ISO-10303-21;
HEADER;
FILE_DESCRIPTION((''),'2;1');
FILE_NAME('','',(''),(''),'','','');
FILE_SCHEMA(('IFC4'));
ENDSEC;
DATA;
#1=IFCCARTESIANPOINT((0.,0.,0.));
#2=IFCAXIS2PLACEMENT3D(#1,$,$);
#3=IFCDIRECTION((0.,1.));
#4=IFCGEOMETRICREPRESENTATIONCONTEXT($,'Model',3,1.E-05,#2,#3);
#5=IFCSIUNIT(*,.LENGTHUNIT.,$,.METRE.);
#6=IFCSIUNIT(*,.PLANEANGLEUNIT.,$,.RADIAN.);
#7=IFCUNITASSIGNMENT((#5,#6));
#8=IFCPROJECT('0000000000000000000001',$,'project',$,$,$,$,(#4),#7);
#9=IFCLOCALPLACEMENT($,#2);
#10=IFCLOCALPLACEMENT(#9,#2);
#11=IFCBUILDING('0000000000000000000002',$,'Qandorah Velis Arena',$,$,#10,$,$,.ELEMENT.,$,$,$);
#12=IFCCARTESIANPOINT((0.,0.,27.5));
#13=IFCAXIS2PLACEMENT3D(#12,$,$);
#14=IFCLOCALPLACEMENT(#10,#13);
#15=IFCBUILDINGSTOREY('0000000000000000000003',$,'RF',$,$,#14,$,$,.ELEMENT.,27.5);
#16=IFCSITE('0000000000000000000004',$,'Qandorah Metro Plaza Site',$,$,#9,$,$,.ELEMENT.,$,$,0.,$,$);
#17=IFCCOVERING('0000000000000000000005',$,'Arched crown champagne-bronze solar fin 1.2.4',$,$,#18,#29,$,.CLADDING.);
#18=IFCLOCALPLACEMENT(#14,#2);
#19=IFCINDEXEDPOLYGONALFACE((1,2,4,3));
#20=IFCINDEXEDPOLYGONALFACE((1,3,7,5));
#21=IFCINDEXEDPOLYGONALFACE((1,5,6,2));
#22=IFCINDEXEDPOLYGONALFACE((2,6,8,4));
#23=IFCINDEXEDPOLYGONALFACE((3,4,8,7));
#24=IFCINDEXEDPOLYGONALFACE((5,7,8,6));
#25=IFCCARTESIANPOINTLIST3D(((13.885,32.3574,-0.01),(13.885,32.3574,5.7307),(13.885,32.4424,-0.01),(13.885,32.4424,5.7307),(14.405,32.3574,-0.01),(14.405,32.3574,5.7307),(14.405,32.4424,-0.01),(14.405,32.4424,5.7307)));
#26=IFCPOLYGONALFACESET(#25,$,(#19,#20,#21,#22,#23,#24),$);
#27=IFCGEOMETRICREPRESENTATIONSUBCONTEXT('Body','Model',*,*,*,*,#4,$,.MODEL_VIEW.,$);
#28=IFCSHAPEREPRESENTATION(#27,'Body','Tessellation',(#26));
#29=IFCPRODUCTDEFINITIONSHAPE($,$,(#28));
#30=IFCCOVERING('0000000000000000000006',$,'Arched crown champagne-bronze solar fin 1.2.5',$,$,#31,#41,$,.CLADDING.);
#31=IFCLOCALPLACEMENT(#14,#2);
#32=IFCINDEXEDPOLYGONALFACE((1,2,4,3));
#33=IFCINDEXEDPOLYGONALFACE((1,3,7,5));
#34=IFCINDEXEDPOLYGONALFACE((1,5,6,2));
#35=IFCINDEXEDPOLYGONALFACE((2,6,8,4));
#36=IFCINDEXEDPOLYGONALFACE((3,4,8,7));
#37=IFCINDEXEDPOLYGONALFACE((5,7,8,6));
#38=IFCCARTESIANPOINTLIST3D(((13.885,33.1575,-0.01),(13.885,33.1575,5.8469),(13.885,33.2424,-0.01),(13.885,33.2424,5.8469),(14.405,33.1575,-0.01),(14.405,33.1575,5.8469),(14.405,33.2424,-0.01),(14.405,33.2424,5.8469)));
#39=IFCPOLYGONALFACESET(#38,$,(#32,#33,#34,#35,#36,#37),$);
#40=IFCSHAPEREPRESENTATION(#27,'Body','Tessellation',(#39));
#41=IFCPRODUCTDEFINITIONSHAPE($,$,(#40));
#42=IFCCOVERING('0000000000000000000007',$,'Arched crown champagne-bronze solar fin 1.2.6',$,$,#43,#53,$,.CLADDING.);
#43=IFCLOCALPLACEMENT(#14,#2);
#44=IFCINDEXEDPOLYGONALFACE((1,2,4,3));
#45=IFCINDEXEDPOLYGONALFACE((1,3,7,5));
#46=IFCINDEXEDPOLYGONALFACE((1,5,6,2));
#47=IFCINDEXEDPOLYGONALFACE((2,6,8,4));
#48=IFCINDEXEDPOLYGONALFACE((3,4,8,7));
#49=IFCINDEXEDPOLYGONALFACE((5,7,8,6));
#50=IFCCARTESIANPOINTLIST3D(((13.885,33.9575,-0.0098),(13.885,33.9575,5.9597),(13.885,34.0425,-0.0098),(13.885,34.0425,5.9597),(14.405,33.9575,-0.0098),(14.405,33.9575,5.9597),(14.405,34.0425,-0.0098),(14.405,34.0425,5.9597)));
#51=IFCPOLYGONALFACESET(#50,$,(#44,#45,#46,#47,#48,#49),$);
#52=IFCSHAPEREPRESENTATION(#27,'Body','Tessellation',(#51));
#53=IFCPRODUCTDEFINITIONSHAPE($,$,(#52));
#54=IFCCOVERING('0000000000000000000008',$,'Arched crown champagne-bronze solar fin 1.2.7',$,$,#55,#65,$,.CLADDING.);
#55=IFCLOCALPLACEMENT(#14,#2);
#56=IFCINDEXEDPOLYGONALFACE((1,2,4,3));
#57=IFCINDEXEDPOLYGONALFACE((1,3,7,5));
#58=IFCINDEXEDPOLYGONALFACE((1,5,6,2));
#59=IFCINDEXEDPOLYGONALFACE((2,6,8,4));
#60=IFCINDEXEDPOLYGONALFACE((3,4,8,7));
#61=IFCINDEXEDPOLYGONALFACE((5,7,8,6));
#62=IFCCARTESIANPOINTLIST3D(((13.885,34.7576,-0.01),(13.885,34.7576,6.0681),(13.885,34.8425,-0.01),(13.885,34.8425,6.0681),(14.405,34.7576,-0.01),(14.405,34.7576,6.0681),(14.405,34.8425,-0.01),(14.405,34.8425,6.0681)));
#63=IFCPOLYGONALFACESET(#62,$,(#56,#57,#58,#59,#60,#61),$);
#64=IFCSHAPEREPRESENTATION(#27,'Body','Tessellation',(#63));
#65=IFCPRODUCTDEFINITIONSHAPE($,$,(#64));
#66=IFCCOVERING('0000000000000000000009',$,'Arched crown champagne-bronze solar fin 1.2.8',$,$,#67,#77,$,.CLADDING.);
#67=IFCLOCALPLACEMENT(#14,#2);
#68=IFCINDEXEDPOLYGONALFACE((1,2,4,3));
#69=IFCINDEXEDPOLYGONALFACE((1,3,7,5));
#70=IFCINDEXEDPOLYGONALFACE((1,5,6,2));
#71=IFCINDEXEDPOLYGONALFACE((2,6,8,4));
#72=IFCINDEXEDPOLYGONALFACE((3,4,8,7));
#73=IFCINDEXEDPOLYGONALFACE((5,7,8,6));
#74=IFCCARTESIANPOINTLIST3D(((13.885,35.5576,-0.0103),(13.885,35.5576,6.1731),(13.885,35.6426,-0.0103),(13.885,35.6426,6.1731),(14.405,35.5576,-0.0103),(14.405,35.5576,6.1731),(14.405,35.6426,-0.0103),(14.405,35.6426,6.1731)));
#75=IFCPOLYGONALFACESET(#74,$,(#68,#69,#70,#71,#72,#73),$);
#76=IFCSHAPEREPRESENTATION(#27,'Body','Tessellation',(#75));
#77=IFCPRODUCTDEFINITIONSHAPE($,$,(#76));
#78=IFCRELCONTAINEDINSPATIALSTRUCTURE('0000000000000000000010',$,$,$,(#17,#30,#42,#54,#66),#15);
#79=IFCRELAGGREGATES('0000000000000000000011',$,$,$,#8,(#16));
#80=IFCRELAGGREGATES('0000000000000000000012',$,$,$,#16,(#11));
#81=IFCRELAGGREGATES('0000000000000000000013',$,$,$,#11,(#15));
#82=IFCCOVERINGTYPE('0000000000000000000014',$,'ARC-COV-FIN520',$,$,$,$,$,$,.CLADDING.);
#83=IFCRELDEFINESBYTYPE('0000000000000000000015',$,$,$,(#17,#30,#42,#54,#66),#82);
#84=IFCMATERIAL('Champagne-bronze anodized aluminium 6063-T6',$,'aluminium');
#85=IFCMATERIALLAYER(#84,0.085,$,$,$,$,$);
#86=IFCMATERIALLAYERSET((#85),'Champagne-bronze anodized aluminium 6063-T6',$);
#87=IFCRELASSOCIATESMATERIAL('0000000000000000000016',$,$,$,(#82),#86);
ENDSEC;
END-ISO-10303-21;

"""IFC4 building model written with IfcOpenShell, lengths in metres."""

from ifc_helpers import new_model, si_unit, direction, frame, origin, origin_2d, place, context, subcontext, project, spatial, rectangle, extrude, material, layer, layer_set, type_object, element, save


model = new_model("IFC4")

# Units and contexts
model_context = context("Model", 3, precision=1e-05, world=origin(), true_north=direction((0.0, 1.0)))
body_context = subcontext(model_context, "Body", "Model", "MODEL_VIEW")
ifc_project = project(units=[si_unit("LENGTHUNIT", "METRE"), si_unit("PLANEANGLEUNIT", "RADIAN")], contexts=[model_context])

# Site, building, storey
site_placement = place(None, origin())
site = spatial("IfcSite", under=ifc_project, at=site_placement, Name="Qandorah Metro Plaza Site", CompositionType="ELEMENT", RefElevation=0.0)
building_placement = place(site_placement, origin())
building = spatial("IfcBuilding", under=site, at=building_placement, Name="Qandorah Velis Arena", CompositionType="ELEMENT")
storey_placement = place(building_placement, frame((0.0, 0.0, 27.5)))
storey = spatial("IfcBuildingStorey", under=building, at=storey_placement, Name="RF", CompositionType="ELEMENT", Elevation=27.5)

# Shared definitions
ifc_material_1 = material(Name="Champagne-bronze anodized aluminium 6063-T6", Category="aluminium")

# Coverings
ifc_layer_1 = layer(ifc_material_1, 0.085)
ifc_layer_set_1 = layer_set([ifc_layer_1], Name="Champagne-bronze anodized aluminium 6063-T6")
covering_type = type_object("IfcCoveringType", Name="ARC-COV-FIN520", PredefinedType="CLADDING", material=ifc_layer_set_1)
covering_1_placement = place(storey_placement, frame((14.145, 32.3999, -0.01), z_axis=(0.0, 0.0, 1.0), x_axis=(1.0, 0.0, 0.0)))
element("IfcCovering", 1, at=covering_1_placement, inside=storey, type_object=covering_type, Name="Arched crown champagne-bronze solar fin 1.2.4", PredefinedType="CLADDING", context=body_context, shape_type="SweptSolid", body=[
    extrude(rectangle(XDim=0.52, YDim=0.085, at=origin_2d()), origin(), (0.0, 0.0, 1.0), 5.7407),
])
covering_2_placement = place(storey_placement, frame((14.145, 33.2, -0.01), z_axis=(0.0, 0.0, 1.0), x_axis=(1.0, 0.0, 0.0)))
element("IfcCovering", 2, at=covering_2_placement, inside=storey, type_object=covering_type, Name="Arched crown champagne-bronze solar fin 1.2.5", PredefinedType="CLADDING", context=body_context, shape_type="SweptSolid", body=[
    extrude(rectangle(XDim=0.52, YDim=0.085, at=origin_2d()), origin(), (0.0, 0.0, 1.0), 5.8569),
])
covering_3_placement = place(storey_placement, frame((14.145, 34.0, -0.0098), z_axis=(0.0, 0.0, 1.0), x_axis=(1.0, 0.0, 0.0)))
element("IfcCovering", 3, at=covering_3_placement, inside=storey, type_object=covering_type, Name="Arched crown champagne-bronze solar fin 1.2.6", PredefinedType="CLADDING", context=body_context, shape_type="SweptSolid", body=[
    extrude(rectangle(XDim=0.52, YDim=0.085, at=origin_2d()), origin(), (0.0, 0.0, 1.0), 5.9695),
])
covering_4_placement = place(storey_placement, frame((14.145, 34.8, -0.01), z_axis=(0.0, 0.0, 1.0), x_axis=(1.0, 0.0, 0.0)))
element("IfcCovering", 4, at=covering_4_placement, inside=storey, type_object=covering_type, Name="Arched crown champagne-bronze solar fin 1.2.7", PredefinedType="CLADDING", context=body_context, shape_type="SweptSolid", body=[
    extrude(rectangle(XDim=0.52, YDim=0.085, at=origin_2d()), origin(), (0.0, 0.0, 1.0), 6.0781),
])
covering_5_placement = place(storey_placement, frame((14.145, 35.6001, -0.0103), z_axis=(0.0, 0.0, 1.0), x_axis=(1.0, 0.0, 0.0)))
element("IfcCovering", 5, at=covering_5_placement, inside=storey, type_object=covering_type, Name="Arched crown champagne-bronze solar fin 1.2.8", PredefinedType="CLADDING", context=body_context, shape_type="SweptSolid", body=[
    extrude(rectangle(XDim=0.52, YDim=0.085, at=origin_2d()), origin(), (0.0, 0.0, 1.0), 6.1833),
])

save(model, "model.ifc")
